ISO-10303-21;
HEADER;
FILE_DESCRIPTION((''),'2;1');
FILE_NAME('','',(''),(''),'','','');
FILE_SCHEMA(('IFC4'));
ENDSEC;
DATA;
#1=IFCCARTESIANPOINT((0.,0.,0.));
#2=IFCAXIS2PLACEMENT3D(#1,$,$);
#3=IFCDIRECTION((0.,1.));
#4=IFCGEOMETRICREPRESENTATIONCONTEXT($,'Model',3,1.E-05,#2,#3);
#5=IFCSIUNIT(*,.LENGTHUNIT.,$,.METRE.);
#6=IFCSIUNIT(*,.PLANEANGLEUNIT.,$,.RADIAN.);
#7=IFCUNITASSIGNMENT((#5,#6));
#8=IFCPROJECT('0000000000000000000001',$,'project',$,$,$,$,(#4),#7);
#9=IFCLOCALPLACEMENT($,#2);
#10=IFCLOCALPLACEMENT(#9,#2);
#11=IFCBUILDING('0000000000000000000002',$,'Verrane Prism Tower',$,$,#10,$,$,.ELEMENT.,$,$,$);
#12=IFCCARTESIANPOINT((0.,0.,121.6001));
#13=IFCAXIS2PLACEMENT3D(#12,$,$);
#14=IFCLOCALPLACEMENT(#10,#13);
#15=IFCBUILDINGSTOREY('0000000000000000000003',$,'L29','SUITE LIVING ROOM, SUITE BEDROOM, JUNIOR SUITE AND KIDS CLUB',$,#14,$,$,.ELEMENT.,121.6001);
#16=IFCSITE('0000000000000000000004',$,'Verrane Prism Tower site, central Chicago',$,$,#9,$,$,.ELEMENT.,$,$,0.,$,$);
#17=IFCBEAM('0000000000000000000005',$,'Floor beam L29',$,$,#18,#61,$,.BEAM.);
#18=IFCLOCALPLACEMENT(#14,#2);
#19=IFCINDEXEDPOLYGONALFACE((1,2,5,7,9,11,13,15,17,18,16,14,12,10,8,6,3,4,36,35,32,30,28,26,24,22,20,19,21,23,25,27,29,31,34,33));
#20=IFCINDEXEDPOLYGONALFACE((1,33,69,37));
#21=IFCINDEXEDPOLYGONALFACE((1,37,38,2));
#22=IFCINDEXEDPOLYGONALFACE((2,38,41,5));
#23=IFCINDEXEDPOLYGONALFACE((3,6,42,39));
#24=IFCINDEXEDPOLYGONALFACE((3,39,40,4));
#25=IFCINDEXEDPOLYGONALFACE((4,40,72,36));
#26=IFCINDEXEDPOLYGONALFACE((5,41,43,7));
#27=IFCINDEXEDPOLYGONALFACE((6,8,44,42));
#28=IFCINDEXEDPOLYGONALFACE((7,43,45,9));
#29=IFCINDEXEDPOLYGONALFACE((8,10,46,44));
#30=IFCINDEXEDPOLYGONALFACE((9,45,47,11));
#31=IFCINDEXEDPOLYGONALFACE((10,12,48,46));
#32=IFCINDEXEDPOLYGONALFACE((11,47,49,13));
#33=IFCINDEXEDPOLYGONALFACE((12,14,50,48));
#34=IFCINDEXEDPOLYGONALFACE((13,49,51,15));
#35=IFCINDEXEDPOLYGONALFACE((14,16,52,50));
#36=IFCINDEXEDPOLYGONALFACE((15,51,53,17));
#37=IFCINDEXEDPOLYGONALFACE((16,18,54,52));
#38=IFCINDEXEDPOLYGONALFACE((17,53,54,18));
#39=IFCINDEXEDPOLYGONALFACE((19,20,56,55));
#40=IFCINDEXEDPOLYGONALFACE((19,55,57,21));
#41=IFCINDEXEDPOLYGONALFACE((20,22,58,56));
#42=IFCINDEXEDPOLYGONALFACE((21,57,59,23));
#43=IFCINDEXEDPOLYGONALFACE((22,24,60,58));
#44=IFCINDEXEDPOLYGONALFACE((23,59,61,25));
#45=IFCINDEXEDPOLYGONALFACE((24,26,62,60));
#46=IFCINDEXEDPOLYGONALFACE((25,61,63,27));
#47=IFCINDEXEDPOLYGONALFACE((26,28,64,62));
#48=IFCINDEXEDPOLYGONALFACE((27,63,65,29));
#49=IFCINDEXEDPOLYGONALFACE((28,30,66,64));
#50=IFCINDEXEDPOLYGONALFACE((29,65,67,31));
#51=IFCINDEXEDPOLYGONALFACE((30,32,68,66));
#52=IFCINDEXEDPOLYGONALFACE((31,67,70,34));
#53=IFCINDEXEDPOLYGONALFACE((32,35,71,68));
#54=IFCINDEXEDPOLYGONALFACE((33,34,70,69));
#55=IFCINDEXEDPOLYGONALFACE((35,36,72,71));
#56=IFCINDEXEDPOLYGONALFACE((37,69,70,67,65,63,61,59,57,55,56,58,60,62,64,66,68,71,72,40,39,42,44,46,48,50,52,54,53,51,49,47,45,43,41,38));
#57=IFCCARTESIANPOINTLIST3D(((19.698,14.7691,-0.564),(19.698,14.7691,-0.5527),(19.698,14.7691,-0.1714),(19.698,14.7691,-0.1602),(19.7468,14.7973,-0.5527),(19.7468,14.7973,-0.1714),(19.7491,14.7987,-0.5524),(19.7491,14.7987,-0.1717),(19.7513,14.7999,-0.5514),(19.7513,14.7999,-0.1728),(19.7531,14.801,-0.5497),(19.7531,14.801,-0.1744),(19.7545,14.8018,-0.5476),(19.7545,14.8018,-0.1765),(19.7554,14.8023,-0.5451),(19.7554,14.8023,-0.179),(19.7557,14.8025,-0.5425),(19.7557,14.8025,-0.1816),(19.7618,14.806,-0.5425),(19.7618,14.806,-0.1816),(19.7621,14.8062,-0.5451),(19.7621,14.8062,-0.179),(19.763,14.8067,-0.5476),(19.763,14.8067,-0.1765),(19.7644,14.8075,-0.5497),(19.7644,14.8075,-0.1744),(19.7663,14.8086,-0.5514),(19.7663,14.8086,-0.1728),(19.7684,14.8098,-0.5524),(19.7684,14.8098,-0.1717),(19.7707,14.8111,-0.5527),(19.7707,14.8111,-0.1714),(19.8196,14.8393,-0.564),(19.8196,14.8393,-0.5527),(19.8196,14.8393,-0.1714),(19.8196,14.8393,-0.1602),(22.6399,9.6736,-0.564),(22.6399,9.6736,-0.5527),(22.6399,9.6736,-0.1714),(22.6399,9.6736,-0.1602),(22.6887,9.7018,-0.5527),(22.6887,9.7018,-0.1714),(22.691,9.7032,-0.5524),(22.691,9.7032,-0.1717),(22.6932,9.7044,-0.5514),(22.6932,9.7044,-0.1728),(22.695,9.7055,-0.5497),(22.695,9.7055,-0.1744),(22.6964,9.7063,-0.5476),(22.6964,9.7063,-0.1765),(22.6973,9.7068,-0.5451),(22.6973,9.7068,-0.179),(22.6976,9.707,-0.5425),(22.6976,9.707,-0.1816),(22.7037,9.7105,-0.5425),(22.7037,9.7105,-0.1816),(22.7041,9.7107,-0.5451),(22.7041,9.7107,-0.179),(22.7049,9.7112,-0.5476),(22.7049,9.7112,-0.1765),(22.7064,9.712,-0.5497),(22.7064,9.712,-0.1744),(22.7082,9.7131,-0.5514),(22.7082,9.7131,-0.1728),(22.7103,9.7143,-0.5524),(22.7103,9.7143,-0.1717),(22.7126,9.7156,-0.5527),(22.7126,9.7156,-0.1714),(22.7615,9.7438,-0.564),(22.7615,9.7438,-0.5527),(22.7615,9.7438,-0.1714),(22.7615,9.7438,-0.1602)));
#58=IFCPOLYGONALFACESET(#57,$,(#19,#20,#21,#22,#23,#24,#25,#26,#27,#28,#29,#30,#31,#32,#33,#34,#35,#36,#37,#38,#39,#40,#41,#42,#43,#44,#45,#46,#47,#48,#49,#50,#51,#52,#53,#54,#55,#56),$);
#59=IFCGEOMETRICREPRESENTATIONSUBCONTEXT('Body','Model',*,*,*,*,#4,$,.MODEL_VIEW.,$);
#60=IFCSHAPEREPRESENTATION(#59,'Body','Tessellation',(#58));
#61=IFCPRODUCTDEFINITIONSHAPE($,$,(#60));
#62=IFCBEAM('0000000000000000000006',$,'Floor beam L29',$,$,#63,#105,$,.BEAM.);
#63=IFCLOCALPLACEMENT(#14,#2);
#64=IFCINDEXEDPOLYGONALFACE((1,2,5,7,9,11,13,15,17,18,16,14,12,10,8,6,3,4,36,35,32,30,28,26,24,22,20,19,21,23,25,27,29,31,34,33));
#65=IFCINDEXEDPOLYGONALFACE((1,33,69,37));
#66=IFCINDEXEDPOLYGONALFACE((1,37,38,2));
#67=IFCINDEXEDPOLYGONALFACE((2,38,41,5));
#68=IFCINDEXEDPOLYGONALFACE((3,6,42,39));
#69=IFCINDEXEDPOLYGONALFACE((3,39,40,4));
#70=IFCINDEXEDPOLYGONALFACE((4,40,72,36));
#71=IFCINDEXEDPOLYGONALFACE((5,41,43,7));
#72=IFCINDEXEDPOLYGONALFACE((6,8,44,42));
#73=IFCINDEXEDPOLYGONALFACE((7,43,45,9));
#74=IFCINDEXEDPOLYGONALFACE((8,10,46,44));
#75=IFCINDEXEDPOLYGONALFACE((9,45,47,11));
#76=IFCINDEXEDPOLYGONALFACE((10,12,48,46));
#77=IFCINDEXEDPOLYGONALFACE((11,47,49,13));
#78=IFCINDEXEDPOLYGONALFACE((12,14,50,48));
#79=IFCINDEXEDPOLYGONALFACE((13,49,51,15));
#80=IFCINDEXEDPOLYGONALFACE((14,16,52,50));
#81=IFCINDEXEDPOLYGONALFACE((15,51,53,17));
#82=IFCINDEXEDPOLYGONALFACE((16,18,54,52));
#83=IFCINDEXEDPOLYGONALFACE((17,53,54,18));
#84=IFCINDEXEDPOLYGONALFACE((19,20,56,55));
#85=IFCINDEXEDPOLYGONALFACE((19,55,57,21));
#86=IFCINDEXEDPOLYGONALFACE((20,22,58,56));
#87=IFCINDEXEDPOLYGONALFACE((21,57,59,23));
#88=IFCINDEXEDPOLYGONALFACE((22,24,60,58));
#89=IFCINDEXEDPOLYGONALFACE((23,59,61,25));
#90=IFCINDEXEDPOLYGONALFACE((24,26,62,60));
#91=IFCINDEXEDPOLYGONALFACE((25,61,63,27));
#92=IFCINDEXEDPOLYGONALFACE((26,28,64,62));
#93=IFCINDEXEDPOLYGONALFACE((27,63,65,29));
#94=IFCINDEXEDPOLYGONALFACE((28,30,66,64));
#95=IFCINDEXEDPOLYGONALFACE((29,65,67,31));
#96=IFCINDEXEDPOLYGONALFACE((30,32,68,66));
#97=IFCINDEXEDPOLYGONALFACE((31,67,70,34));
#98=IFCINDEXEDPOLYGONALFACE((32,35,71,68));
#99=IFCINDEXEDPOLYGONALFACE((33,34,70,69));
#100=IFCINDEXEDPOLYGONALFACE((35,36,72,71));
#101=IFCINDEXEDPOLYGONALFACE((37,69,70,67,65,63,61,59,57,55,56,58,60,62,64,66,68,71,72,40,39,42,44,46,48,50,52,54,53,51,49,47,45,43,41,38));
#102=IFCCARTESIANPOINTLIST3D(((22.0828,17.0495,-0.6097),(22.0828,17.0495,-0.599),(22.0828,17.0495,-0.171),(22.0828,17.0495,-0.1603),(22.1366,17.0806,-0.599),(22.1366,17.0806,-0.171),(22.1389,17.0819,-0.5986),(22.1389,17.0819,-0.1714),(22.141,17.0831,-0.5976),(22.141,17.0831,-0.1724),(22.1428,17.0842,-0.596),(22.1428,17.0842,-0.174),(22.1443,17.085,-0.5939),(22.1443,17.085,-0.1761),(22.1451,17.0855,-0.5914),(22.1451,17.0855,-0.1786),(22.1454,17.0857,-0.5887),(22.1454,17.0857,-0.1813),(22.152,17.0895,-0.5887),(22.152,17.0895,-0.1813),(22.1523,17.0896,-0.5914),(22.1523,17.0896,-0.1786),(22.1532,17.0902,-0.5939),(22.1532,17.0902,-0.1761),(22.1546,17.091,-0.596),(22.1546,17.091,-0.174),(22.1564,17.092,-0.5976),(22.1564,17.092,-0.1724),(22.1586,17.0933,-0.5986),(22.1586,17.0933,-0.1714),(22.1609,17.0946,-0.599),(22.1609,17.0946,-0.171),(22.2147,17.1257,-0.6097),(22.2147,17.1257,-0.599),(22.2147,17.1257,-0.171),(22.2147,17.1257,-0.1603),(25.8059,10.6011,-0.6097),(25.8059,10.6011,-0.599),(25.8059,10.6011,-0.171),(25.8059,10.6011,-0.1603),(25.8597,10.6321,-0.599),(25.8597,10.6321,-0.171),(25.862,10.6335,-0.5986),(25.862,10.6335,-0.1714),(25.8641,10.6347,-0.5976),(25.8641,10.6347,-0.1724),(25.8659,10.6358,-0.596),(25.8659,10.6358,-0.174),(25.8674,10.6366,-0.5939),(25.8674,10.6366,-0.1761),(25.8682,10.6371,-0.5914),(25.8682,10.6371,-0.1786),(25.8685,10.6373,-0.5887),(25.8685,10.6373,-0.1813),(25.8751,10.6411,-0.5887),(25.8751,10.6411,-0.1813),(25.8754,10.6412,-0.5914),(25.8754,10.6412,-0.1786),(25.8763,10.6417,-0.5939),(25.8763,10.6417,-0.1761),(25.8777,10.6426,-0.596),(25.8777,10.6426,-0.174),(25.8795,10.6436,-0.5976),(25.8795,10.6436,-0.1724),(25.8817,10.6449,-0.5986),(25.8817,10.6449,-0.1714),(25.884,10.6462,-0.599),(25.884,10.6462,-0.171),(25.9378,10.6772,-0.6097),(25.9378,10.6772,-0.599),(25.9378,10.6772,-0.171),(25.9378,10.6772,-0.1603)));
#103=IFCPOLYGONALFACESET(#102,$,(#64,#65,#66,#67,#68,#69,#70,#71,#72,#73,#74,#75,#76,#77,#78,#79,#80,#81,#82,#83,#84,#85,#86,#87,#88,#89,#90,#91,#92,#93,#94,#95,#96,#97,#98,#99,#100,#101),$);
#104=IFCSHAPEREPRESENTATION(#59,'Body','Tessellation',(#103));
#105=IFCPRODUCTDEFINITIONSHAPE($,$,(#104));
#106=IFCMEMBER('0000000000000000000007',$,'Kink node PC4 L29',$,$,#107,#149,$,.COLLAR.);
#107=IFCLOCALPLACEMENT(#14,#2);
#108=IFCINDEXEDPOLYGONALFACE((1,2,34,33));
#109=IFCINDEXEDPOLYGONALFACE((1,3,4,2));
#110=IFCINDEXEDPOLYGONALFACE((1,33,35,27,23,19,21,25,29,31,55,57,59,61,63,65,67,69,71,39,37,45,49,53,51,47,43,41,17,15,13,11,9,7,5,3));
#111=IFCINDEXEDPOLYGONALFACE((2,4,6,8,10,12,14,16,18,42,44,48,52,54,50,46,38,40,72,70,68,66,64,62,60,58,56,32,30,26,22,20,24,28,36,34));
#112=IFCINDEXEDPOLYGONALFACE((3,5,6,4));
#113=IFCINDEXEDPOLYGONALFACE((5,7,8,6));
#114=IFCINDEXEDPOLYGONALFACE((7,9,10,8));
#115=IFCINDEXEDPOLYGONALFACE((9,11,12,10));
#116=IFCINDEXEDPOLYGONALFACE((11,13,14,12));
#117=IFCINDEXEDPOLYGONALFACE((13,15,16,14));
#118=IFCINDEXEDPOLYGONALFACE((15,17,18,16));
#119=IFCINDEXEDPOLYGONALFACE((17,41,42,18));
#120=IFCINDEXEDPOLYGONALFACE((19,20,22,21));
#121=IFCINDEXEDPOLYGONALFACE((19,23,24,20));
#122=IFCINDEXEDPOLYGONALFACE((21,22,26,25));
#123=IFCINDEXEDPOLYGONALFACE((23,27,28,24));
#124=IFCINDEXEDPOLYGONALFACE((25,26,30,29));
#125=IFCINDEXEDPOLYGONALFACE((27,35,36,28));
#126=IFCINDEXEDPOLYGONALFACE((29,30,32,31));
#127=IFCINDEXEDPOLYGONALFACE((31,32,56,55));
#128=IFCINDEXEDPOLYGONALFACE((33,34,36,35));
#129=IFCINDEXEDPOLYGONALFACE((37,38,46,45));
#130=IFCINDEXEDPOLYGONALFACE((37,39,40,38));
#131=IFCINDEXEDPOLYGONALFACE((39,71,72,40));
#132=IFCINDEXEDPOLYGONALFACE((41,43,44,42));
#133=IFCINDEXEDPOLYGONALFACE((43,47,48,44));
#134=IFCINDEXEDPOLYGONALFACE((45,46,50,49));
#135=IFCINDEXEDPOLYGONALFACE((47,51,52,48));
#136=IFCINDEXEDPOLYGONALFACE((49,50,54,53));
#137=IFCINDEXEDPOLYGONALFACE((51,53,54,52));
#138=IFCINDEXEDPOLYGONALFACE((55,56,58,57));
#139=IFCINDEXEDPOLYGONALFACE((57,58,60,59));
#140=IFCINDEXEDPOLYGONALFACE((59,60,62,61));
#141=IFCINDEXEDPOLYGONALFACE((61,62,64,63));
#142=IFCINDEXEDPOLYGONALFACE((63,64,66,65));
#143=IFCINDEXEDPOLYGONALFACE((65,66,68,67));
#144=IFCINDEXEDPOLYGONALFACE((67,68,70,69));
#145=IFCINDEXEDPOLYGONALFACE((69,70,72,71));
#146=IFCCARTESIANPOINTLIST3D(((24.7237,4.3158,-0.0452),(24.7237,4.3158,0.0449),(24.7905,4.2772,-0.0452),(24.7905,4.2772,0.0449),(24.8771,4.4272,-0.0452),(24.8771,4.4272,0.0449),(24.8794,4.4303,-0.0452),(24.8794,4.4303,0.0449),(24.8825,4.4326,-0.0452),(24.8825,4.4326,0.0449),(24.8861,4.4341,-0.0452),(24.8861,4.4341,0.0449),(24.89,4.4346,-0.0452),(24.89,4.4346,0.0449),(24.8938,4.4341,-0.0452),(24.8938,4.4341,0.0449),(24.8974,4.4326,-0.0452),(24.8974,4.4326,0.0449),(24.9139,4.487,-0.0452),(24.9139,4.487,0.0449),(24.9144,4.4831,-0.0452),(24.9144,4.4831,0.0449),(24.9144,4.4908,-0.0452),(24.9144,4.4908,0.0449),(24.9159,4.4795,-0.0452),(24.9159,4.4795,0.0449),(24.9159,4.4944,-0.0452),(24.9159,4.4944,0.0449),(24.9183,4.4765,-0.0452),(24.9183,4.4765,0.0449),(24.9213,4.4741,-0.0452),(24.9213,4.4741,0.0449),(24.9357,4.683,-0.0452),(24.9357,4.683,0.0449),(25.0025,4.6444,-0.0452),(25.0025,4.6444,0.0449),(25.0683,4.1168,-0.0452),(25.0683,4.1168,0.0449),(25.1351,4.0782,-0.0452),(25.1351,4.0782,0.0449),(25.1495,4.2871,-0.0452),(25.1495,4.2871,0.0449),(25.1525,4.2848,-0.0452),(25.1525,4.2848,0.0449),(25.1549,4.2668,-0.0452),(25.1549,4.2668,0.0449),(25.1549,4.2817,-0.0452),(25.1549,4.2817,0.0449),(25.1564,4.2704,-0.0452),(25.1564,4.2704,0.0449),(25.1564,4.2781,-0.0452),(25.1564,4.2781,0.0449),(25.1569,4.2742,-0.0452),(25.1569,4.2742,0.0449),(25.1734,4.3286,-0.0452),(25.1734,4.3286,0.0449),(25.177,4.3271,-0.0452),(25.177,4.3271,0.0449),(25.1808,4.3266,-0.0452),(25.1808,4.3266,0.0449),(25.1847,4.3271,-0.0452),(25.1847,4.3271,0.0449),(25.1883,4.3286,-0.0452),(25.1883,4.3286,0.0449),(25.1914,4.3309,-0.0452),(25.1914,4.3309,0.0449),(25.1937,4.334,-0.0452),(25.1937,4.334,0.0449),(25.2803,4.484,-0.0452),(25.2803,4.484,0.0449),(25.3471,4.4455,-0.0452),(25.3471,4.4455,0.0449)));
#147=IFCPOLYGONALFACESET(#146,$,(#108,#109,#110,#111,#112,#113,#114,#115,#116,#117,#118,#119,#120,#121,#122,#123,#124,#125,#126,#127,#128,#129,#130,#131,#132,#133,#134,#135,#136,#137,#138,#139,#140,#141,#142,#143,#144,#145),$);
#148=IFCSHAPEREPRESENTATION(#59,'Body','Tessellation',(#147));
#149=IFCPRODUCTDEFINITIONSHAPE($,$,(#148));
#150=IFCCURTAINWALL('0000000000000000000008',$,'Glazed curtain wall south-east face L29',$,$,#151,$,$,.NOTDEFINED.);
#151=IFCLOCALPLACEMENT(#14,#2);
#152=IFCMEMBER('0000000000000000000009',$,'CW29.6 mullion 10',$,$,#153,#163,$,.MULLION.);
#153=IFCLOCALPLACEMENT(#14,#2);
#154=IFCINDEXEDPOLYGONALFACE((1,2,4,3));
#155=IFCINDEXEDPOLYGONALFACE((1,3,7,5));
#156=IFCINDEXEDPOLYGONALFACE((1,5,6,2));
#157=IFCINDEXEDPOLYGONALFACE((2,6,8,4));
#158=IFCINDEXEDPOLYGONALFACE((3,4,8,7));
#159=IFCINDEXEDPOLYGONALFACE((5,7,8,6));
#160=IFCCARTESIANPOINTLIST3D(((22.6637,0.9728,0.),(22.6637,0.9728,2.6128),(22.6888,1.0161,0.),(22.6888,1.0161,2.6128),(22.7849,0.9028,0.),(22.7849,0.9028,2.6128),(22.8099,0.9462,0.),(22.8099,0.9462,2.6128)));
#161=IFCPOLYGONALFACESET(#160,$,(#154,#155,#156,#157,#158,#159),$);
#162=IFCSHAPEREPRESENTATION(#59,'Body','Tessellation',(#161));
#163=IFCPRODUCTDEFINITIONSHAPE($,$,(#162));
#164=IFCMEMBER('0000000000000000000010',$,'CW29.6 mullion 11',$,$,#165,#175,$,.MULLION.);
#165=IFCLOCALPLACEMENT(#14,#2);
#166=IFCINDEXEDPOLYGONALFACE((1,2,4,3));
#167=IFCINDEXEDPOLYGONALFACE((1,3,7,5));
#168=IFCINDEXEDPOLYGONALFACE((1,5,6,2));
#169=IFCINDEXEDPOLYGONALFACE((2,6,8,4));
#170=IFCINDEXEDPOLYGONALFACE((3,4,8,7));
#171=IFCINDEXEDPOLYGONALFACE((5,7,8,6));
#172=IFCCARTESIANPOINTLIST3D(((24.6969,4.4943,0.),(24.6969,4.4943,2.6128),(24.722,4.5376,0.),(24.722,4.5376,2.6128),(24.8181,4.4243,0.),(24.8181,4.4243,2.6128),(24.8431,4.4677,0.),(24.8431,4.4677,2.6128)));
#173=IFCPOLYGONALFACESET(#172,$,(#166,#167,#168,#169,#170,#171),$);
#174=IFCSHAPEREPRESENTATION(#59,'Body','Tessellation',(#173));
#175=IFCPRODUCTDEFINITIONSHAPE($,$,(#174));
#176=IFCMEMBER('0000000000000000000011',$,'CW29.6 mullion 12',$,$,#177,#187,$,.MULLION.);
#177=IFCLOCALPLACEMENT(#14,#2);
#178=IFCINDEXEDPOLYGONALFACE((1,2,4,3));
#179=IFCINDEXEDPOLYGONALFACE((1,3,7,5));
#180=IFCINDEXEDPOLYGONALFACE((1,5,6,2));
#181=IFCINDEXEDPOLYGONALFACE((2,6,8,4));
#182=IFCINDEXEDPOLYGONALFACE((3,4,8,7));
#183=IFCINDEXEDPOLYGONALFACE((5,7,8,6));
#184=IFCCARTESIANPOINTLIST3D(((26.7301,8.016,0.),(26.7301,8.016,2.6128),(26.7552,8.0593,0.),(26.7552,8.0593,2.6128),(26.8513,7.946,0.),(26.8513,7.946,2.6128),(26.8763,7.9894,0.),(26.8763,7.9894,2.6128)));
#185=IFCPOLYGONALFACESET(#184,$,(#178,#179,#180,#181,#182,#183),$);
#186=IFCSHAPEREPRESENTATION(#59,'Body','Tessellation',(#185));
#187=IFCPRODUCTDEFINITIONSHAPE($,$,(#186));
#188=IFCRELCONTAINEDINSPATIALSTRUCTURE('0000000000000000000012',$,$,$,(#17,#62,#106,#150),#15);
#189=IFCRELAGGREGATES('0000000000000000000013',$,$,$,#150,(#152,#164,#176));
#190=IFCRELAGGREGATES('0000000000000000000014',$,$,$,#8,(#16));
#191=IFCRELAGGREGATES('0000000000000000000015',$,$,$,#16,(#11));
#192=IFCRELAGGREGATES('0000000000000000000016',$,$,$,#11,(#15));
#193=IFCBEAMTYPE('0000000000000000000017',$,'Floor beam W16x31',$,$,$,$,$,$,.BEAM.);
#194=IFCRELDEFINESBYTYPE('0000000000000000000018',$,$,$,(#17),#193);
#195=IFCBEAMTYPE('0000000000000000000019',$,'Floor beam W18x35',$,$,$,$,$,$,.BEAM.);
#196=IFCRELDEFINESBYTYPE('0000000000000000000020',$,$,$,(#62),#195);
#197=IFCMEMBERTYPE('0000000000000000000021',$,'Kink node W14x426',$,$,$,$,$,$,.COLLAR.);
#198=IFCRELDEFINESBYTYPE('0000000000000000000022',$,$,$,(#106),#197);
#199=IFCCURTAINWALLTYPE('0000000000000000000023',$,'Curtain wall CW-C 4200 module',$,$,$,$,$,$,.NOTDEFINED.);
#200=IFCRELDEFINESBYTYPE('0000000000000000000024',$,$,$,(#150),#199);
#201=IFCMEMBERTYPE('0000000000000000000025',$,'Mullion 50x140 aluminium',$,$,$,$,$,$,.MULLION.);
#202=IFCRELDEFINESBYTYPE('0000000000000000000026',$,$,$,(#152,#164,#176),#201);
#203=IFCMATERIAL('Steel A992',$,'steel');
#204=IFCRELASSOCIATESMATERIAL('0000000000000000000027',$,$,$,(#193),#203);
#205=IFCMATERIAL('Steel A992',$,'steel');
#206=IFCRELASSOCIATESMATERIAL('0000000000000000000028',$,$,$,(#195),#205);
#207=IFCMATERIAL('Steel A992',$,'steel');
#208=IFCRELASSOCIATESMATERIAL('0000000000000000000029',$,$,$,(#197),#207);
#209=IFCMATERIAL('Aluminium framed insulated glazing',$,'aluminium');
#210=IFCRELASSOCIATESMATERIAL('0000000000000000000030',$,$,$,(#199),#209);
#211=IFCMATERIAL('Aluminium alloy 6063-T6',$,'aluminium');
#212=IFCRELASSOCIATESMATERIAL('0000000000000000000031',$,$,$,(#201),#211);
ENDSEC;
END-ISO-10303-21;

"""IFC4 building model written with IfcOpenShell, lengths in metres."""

from ifc_helpers import new_model, si_unit, direction, frame, origin, origin_2d, place, context, subcontext, project, spatial, rectangle, i_section, extrude, material, material_profile, profile_set, type_object, element, aggregate, save


model = new_model("IFC4")

# Units and contexts
model_context = context("Model", 3, precision=1e-05, world=origin(), true_north=direction((0.0, 1.0)))
body_context = subcontext(model_context, "Body", "Model", "MODEL_VIEW")
ifc_project = project(units=[si_unit("LENGTHUNIT", "METRE"), si_unit("PLANEANGLEUNIT", "RADIAN")], contexts=[model_context])

# Site, building, storey
site_placement = place(None, origin())
site = spatial("IfcSite", under=ifc_project, at=site_placement, Name="Verrane Prism Tower site, central Chicago", CompositionType="ELEMENT", RefElevation=0.0)
building_placement = place(site_placement, origin())
building = spatial("IfcBuilding", under=site, at=building_placement, Name="Verrane Prism Tower", CompositionType="ELEMENT")
storey_placement = place(building_placement, frame((0.0, 0.0, 121.6001)))
storey = spatial("IfcBuildingStorey", under=building, at=storey_placement, Name="L29", Description="SUITE LIVING ROOM, SUITE BEDROOM, JUNIOR SUITE AND KIDS CLUB", CompositionType="ELEMENT", Elevation=121.6001)

# Beams
ifc_material_1 = material(Name="Steel A992", Category="steel")
ifc_material_profile_1 = material_profile(ifc_material_1, i_section(OverallWidth=0.1404, OverallDepth=0.4038, WebThickness=0.0071, FlangeThickness=0.0112, FilletRadius=0.0103, at=origin_2d()), Name="W16x31")
ifc_profile_set_1 = profile_set([ifc_material_profile_1], Name="Steel A992")
beam_type_1 = type_object("IfcBeamType", Name="Floor beam W16x31", PredefinedType="BEAM", material=ifc_profile_set_1)
beam_1_placement = place(storey_placement, frame((22.7007, 9.7087, -0.3621), z_axis=(-0.500004, 0.866023, 0.0), x_axis=(-0.866023, -0.500004, 0.0)))
element("IfcBeam", 1, at=beam_1_placement, inside=storey, type_object=beam_type_1, Name="Floor beam L29", PredefinedType="BEAM", context=body_context, shape_type="SweptSolid", body=[
    extrude(i_section(OverallWidth=0.1404, OverallDepth=0.4038, WebThickness=0.0071, FlangeThickness=0.0112, FilletRadius=0.0103, at=origin_2d()), origin(), (0.0, 0.0, 1.0), 5.8838),
])
ifc_material_2 = material(Name="Steel A992", Category="steel")
ifc_material_profile_2 = material_profile(ifc_material_2, i_section(OverallWidth=0.1523, OverallDepth=0.4495, WebThickness=0.0076, FlangeThickness=0.0107, FilletRadius=0.0103, at=origin_2d()), Name="W18x35")
ifc_profile_set_2 = profile_set([ifc_material_profile_2], Name="Steel A992")
beam_type_2 = type_object("IfcBeamType", Name="Floor beam W18x35", PredefinedType="BEAM", material=ifc_profile_set_2)
beam_2_placement = place(storey_placement, frame((25.8718, 10.6392, -0.385), z_axis=(-0.500011, 0.866019, 0.0), x_axis=(-0.866019, -0.500011, 0.0)))
element("IfcBeam", 2, at=beam_2_placement, inside=storey, type_object=beam_type_2, Name="Floor beam L29", PredefinedType="BEAM", context=body_context, shape_type="SweptSolid", body=[
    extrude(i_section(OverallWidth=0.1523, OverallDepth=0.4495, WebThickness=0.0076, FlangeThickness=0.0107, FilletRadius=0.0103, at=origin_2d()), origin(), (0.0, 0.0, 1.0), 7.446),
])

# Member
ifc_material_3 = material(Name="Steel A992", Category="steel")
ifc_material_profile_3 = material_profile(ifc_material_3, i_section(OverallWidth=0.4241, OverallDepth=0.4751, WebThickness=0.0479, FlangeThickness=0.0771, FilletRadius=0.0149, at=origin_2d()), Name="W14x426")
ifc_profile_set_3 = profile_set([ifc_material_profile_3], Name="Steel A992")
member_type_1 = type_object("IfcMemberType", Name="Kink node W14x426", PredefinedType="COLLAR", material=ifc_profile_set_3)
member_1_placement = place(storey_placement, frame((25.0354, 4.3806, -0.0452), z_axis=(0.0, 0.0, 1.0), x_axis=(-0.5, -0.866025, 0.0)))
element("IfcMember", 3, at=member_1_placement, inside=storey, type_object=member_type_1, Name="Kink node PC4 L29", PredefinedType="COLLAR", context=body_context, shape_type="SweptSolid", body=[
    extrude(i_section(OverallWidth=0.4241, OverallDepth=0.4751, WebThickness=0.0479, FlangeThickness=0.0771, FilletRadius=0.0149, at=origin_2d()), origin(), (0.0, 0.0, 1.0), 0.0901),
])

# Curtain wall, members
ifc_material_4 = material(Name="Aluminium framed insulated glazing", Category="aluminium")
curtain_wall_type = type_object("IfcCurtainWallType", Name="Curtain wall CW-C 4200 module", PredefinedType="NOTDEFINED", material=ifc_material_4)
curtain_wall_placement = place(storey_placement, origin())
curtain_wall = element("IfcCurtainWall", 4, at=curtain_wall_placement, inside=storey, type_object=curtain_wall_type, Name="Glazed curtain wall south-east face L29", PredefinedType="NOTDEFINED")
ifc_material_5 = material(Name="Aluminium alloy 6063-T6", Category="aluminium")
ifc_material_profile_4 = material_profile(ifc_material_5, rectangle(XDim=0.1399, YDim=0.05, at=origin_2d()), Name="Mullion 50x140 aluminium")
ifc_profile_set_4 = profile_set([ifc_material_profile_4], Name="Aluminium alloy 6063-T6")
member_type_2 = type_object("IfcMemberType", Name="Mullion 50x140 aluminium", PredefinedType="MULLION", material=ifc_profile_set_4)
member_2_placement = place(storey_placement, frame((22.7368, 0.9595, 0.0), z_axis=(0.0, 0.0, 1.0), x_axis=(-0.866025, 0.5, 0.0)))
member_2 = element("IfcMember", 5, at=member_2_placement, type_object=member_type_2, Name="CW29.6 mullion 10", PredefinedType="MULLION", context=body_context, shape_type="SweptSolid", body=[
    extrude(rectangle(XDim=0.1399, YDim=0.05, at=origin_2d()), origin(), (0.0, 0.0, 1.0), 2.6128),
])
member_3_placement = place(storey_placement, frame((24.77, 4.481, 0.0), z_axis=(0.0, 0.0, 1.0), x_axis=(-0.866025, 0.5, 0.0)))
member_3 = element("IfcMember", 6, at=member_3_placement, type_object=member_type_2, Name="CW29.6 mullion 11", PredefinedType="MULLION", context=body_context, shape_type="SweptSolid", body=[
    extrude(rectangle(XDim=0.1399, YDim=0.05, at=origin_2d()), origin(), (0.0, 0.0, 1.0), 2.6128),
])
member_4_placement = place(storey_placement, frame((26.8032, 8.0027, 0.0), z_axis=(0.0, 0.0, 1.0), x_axis=(-0.866025, 0.5, 0.0)))
member_4 = element("IfcMember", 7, at=member_4_placement, type_object=member_type_2, Name="CW29.6 mullion 12", PredefinedType="MULLION", context=body_context, shape_type="SweptSolid", body=[
    extrude(rectangle(XDim=0.1399, YDim=0.05, at=origin_2d()), origin(), (0.0, 0.0, 1.0), 2.6128),
])

aggregate(curtain_wall, [member_2, member_3, member_4])

save(model, "model.ifc")
